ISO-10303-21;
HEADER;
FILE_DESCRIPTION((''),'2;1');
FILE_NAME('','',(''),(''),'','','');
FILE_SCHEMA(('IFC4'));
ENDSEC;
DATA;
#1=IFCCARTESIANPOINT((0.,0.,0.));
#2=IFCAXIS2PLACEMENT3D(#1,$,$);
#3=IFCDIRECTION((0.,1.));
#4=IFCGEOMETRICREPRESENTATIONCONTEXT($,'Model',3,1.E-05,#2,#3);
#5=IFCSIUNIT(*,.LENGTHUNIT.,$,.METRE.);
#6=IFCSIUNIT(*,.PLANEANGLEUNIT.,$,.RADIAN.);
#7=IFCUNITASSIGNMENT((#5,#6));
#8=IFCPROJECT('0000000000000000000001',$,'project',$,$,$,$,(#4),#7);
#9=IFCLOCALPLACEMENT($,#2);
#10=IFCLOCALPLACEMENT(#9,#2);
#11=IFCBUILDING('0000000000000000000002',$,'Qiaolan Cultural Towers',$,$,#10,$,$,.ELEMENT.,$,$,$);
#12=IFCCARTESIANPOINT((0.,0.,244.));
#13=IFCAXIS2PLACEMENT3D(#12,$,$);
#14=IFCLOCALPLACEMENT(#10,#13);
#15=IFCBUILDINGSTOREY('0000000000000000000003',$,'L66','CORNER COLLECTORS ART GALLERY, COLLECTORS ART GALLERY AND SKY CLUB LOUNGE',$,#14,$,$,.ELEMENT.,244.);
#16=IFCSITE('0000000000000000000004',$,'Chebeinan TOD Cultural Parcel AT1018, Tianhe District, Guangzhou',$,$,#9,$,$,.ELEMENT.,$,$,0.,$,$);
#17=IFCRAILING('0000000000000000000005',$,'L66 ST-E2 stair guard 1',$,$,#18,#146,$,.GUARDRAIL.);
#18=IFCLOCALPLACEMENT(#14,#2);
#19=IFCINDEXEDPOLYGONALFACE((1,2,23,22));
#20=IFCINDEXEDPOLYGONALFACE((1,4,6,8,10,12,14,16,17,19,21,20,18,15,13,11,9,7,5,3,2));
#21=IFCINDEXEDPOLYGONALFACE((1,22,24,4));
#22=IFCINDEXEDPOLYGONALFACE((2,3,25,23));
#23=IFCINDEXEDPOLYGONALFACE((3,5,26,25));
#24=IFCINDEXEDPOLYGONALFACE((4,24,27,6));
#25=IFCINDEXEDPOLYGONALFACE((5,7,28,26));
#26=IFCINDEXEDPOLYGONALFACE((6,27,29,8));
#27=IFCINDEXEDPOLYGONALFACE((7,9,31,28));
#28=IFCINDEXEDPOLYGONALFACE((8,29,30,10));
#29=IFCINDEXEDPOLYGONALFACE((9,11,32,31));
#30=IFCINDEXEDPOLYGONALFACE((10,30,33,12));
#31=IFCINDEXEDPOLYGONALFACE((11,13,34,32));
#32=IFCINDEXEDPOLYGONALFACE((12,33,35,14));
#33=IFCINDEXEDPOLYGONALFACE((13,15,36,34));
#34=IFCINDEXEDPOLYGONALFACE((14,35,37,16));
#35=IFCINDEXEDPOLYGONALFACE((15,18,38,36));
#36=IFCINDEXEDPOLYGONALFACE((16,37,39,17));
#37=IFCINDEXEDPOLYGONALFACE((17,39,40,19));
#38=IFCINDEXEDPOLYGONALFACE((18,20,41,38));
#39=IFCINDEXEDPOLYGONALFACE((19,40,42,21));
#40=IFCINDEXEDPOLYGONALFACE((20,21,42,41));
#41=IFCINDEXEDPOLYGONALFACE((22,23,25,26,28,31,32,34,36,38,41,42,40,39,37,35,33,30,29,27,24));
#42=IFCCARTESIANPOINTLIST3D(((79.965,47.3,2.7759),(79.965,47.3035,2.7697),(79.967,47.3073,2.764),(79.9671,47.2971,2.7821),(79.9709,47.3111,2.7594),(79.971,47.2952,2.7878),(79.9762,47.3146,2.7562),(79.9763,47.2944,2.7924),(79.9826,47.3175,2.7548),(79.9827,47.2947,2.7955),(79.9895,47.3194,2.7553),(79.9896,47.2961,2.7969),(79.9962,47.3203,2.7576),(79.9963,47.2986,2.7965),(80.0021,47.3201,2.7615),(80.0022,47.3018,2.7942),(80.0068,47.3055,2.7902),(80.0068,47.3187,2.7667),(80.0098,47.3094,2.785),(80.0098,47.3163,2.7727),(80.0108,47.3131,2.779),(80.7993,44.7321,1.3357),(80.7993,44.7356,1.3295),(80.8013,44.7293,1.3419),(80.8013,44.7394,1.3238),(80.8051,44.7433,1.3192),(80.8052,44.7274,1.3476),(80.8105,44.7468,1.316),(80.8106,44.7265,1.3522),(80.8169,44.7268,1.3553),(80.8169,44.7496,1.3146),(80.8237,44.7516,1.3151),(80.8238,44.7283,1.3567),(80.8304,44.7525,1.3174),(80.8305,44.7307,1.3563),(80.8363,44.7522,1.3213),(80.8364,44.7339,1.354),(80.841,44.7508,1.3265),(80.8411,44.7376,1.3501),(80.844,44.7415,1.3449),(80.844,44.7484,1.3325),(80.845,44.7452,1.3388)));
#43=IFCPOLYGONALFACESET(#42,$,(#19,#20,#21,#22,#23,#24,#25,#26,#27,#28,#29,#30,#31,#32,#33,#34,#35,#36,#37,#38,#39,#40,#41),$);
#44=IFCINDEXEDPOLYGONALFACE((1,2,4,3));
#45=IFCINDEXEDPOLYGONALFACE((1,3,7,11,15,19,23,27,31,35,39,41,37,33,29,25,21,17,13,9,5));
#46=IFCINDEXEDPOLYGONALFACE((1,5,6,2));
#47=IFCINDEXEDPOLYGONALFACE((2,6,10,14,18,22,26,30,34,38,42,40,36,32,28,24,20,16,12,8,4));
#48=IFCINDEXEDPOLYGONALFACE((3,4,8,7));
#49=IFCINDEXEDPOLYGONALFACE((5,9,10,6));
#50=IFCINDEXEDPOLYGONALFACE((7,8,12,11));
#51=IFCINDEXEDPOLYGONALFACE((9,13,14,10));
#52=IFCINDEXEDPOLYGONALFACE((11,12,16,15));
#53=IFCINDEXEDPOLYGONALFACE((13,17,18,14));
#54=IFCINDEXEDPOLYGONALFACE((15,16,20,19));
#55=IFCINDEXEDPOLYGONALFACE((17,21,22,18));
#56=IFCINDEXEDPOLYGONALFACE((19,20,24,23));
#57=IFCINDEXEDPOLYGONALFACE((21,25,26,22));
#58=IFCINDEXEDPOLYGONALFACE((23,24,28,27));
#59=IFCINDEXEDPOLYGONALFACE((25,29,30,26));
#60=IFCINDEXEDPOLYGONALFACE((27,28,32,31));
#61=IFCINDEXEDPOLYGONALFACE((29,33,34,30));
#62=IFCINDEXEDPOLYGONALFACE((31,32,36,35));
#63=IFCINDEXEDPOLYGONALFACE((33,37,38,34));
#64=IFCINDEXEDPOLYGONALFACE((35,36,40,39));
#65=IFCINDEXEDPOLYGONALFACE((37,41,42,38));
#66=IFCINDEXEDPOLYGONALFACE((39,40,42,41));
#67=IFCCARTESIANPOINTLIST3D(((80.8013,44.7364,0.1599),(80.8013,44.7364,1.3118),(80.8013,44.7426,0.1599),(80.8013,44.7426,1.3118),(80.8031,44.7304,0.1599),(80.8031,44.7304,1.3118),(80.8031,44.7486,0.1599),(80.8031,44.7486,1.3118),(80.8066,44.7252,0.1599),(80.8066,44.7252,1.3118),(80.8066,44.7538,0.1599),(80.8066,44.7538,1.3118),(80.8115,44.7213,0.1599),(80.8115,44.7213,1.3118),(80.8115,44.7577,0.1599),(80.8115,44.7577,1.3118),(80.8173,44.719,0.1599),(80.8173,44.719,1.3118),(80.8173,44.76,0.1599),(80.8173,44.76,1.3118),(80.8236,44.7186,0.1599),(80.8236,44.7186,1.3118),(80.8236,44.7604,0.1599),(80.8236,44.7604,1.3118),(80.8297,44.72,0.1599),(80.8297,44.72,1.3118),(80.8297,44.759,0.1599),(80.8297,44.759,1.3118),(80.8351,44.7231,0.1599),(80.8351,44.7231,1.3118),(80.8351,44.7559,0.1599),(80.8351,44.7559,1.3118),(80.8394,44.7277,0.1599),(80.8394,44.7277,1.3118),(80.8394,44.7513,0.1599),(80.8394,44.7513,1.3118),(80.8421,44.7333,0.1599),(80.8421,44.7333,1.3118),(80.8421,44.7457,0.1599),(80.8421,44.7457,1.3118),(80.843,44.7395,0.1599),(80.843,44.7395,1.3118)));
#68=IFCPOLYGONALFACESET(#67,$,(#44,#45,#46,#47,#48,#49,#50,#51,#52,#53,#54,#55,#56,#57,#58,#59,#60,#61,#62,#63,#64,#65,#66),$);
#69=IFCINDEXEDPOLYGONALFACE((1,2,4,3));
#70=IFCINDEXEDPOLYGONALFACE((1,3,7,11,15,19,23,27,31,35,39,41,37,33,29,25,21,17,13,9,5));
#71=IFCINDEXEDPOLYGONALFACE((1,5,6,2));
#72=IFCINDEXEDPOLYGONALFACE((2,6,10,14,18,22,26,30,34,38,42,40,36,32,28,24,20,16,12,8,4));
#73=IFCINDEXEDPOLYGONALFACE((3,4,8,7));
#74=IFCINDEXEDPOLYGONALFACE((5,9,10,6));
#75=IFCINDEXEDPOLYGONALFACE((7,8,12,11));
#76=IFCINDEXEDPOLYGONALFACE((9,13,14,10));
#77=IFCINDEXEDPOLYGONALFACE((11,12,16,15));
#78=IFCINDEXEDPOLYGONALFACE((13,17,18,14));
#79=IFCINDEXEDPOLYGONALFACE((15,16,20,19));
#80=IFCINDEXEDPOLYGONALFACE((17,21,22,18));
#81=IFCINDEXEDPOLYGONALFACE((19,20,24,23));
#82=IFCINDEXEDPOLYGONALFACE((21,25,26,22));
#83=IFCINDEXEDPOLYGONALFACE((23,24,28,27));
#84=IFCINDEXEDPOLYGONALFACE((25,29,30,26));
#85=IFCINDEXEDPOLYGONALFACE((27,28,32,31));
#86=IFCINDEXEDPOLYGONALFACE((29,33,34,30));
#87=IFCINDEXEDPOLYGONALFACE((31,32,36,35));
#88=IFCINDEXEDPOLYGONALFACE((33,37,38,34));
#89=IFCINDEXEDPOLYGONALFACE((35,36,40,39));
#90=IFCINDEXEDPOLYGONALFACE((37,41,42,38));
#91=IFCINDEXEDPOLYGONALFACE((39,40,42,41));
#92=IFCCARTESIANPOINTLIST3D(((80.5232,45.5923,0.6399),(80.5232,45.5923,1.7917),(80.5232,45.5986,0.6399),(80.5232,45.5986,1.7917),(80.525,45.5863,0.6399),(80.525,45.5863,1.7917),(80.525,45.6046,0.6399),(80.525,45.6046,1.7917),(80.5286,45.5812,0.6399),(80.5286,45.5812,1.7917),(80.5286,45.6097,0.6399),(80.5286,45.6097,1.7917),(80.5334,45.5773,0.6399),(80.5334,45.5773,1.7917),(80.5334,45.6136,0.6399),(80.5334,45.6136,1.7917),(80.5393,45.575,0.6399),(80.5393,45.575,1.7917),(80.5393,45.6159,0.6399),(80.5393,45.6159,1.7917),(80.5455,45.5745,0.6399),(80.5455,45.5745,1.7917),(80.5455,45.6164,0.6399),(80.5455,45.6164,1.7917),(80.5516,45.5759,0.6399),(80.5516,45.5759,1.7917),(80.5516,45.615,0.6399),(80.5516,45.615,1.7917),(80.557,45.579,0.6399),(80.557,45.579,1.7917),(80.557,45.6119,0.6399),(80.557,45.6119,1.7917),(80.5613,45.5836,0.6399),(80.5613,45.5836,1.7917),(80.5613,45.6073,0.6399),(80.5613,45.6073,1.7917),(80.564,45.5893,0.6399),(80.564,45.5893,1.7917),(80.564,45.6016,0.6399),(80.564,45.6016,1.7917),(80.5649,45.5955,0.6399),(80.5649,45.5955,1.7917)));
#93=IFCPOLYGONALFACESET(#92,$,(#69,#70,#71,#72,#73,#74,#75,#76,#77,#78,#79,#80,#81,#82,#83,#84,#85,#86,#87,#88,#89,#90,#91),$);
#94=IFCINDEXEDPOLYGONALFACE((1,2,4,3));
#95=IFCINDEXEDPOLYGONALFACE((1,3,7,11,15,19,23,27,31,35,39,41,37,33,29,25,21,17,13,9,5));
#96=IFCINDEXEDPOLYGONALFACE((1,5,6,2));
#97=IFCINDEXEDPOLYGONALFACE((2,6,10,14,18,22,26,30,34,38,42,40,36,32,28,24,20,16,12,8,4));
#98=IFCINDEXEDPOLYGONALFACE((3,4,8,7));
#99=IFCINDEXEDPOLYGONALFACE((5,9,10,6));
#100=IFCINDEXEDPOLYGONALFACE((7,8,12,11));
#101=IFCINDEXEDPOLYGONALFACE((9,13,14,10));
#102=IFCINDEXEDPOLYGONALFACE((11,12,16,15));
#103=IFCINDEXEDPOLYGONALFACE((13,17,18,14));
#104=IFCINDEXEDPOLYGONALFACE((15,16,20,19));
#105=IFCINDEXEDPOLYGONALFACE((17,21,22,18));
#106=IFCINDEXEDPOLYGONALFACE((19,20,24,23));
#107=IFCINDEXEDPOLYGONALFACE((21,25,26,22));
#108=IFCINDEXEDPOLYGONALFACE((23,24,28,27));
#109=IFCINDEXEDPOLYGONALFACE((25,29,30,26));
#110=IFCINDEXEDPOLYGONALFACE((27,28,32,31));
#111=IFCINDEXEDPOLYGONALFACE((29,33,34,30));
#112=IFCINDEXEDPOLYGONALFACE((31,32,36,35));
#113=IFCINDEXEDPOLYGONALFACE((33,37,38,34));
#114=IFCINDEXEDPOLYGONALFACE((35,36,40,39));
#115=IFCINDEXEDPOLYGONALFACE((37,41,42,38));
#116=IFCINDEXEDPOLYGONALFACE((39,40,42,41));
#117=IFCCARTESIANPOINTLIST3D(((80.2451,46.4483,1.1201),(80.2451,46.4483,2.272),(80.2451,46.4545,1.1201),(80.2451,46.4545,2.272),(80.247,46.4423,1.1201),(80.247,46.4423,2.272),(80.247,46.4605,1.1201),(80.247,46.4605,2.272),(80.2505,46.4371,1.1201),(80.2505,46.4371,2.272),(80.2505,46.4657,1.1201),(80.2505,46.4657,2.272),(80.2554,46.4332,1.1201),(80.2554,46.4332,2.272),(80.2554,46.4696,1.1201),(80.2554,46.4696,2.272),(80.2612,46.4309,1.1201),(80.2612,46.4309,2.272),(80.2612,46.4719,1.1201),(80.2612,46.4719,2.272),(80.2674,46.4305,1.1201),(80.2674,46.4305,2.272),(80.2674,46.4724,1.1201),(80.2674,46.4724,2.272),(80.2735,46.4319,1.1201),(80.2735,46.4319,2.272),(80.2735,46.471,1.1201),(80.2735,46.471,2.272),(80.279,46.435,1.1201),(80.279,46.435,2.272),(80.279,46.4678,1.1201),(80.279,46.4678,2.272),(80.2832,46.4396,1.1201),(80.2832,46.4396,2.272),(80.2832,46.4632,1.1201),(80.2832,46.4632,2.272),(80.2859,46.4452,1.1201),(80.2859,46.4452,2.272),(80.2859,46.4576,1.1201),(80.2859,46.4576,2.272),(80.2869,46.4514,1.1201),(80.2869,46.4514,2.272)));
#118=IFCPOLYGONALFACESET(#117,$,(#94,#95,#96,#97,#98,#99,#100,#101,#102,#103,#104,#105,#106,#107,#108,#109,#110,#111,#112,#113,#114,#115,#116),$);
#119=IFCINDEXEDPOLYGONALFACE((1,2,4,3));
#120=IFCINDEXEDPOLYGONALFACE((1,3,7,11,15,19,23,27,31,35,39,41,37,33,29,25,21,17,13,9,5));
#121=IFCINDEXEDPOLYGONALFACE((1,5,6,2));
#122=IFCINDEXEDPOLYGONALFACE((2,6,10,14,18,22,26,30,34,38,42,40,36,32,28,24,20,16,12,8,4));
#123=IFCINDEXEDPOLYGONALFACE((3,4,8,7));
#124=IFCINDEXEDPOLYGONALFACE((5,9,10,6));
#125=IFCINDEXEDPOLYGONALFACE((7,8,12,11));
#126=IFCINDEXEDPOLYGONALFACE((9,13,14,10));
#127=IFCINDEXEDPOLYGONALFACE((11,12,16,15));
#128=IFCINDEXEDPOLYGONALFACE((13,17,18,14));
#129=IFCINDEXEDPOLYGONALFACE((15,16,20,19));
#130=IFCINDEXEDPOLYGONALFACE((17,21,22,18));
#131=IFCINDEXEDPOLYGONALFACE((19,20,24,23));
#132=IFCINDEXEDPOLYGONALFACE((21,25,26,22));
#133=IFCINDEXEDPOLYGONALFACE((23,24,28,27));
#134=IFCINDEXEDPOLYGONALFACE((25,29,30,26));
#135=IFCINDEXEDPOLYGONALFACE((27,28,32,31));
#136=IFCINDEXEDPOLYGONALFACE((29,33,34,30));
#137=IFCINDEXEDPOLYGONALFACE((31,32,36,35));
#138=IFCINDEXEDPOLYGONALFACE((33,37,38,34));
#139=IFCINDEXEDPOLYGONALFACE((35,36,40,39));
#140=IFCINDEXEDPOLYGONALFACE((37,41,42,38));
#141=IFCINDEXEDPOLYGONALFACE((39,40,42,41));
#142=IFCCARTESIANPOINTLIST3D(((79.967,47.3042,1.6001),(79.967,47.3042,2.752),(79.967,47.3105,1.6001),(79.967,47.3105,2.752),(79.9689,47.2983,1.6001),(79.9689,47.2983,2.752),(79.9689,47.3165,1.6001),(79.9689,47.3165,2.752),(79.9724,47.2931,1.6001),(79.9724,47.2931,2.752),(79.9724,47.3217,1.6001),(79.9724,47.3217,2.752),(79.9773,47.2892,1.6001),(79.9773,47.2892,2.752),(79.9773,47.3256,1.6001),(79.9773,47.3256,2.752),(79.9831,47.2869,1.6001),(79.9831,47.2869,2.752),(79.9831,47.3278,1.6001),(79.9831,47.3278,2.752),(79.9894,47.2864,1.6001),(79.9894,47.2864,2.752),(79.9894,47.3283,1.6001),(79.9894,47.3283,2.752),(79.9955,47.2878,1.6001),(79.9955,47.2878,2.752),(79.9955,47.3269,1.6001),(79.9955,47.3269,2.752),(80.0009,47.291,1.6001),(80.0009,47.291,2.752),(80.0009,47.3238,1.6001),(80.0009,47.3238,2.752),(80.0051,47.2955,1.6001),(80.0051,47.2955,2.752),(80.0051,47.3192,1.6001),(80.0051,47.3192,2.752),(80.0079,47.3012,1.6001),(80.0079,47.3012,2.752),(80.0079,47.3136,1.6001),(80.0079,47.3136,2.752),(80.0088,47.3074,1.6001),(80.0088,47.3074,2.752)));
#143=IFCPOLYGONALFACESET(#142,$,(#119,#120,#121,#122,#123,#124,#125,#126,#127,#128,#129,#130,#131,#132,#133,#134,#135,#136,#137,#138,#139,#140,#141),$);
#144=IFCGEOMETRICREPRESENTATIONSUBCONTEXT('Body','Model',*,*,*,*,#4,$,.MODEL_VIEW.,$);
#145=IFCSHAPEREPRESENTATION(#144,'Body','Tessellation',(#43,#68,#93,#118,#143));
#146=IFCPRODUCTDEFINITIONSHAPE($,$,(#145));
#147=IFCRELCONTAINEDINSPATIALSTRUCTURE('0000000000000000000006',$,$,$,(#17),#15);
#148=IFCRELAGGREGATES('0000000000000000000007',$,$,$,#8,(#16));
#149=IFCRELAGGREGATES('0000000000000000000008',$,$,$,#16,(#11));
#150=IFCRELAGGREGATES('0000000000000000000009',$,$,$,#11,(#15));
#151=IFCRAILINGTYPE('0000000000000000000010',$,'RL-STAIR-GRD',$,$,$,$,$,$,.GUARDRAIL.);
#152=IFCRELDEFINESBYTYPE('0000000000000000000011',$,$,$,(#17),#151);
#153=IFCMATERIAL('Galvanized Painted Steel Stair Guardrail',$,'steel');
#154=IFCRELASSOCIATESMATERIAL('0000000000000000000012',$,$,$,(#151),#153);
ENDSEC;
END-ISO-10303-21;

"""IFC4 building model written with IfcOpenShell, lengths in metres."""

from ifc_helpers import new_model, si_unit, direction, frame, origin, origin_2d, place, context, subcontext, project, spatial, circle, extrude, material, type_object, element, save


model = new_model("IFC4")

# Units and contexts
model_context = context("Model", 3, precision=1e-05, world=origin(), true_north=direction((0.0, 1.0)))
body_context = subcontext(model_context, "Body", "Model", "MODEL_VIEW")
ifc_project = project(units=[si_unit("LENGTHUNIT", "METRE"), si_unit("PLANEANGLEUNIT", "RADIAN")], contexts=[model_context])

# Site, building, storey
site_placement = place(None, origin())
site = spatial("IfcSite", under=ifc_project, at=site_placement, Name="Chebeinan TOD Cultural Parcel AT1018, Tianhe District, Guangzhou", CompositionType="ELEMENT", RefElevation=0.0)
building_placement = place(site_placement, origin())
building = spatial("IfcBuilding", under=site, at=building_placement, Name="Qiaolan Cultural Towers", CompositionType="ELEMENT")
storey_placement = place(building_placement, frame((0.0, 0.0, 244.0)))
storey = spatial("IfcBuildingStorey", under=building, at=storey_placement, Name="L66", Description="CORNER COLLECTORS ART GALLERY, COLLECTORS ART GALLERY AND SKY CLUB LOUNGE", CompositionType="ELEMENT", Elevation=244.0)

# Railing
ifc_material_1 = material(Name="Galvanized Painted Steel Stair Guardrail", Category="steel")
railing_type_1 = type_object("IfcRailingType", Name="RL-STAIR-GRD", PredefinedType="GUARDRAIL", material=ifc_material_1)
railing_1_placement = place(storey_placement, frame((80.822, 44.7395, 0.1599)))
element("IfcRailing", 1, at=railing_1_placement, inside=storey, type_object=railing_type_1, Name="L66 ST-E2 stair guard 1", PredefinedType="GUARDRAIL", context=body_context, shape_type="SweptSolid", body=[
    extrude(circle(Radius=0.0239, at=origin_2d()), frame((0.0, 0.0, 1.1758), z_axis=(-0.272617, 0.839154, 0.470638), x_axis=(-0.95107, -0.308976, 0.0)), (0.0, 0.0, 1.0), 3.0601),
    extrude(circle(Radius=0.021, at=origin_2d()), origin(), (0.0, 0.0, 1.0), 1.1519),
    extrude(circle(Radius=0.021, at=origin_2d()), frame((-0.2781, 0.856, 0.48)), (0.0, 0.0, 1.0), 1.1519),
    extrude(circle(Radius=0.021, at=origin_2d()), frame((-0.5562, 1.7119, 0.9602)), (0.0, 0.0, 1.0), 1.1519),
    extrude(circle(Radius=0.021, at=origin_2d()), frame((-0.8342, 2.5679, 1.4402)), (0.0, 0.0, 1.0), 1.1519),
])

save(model, "model.ifc")
